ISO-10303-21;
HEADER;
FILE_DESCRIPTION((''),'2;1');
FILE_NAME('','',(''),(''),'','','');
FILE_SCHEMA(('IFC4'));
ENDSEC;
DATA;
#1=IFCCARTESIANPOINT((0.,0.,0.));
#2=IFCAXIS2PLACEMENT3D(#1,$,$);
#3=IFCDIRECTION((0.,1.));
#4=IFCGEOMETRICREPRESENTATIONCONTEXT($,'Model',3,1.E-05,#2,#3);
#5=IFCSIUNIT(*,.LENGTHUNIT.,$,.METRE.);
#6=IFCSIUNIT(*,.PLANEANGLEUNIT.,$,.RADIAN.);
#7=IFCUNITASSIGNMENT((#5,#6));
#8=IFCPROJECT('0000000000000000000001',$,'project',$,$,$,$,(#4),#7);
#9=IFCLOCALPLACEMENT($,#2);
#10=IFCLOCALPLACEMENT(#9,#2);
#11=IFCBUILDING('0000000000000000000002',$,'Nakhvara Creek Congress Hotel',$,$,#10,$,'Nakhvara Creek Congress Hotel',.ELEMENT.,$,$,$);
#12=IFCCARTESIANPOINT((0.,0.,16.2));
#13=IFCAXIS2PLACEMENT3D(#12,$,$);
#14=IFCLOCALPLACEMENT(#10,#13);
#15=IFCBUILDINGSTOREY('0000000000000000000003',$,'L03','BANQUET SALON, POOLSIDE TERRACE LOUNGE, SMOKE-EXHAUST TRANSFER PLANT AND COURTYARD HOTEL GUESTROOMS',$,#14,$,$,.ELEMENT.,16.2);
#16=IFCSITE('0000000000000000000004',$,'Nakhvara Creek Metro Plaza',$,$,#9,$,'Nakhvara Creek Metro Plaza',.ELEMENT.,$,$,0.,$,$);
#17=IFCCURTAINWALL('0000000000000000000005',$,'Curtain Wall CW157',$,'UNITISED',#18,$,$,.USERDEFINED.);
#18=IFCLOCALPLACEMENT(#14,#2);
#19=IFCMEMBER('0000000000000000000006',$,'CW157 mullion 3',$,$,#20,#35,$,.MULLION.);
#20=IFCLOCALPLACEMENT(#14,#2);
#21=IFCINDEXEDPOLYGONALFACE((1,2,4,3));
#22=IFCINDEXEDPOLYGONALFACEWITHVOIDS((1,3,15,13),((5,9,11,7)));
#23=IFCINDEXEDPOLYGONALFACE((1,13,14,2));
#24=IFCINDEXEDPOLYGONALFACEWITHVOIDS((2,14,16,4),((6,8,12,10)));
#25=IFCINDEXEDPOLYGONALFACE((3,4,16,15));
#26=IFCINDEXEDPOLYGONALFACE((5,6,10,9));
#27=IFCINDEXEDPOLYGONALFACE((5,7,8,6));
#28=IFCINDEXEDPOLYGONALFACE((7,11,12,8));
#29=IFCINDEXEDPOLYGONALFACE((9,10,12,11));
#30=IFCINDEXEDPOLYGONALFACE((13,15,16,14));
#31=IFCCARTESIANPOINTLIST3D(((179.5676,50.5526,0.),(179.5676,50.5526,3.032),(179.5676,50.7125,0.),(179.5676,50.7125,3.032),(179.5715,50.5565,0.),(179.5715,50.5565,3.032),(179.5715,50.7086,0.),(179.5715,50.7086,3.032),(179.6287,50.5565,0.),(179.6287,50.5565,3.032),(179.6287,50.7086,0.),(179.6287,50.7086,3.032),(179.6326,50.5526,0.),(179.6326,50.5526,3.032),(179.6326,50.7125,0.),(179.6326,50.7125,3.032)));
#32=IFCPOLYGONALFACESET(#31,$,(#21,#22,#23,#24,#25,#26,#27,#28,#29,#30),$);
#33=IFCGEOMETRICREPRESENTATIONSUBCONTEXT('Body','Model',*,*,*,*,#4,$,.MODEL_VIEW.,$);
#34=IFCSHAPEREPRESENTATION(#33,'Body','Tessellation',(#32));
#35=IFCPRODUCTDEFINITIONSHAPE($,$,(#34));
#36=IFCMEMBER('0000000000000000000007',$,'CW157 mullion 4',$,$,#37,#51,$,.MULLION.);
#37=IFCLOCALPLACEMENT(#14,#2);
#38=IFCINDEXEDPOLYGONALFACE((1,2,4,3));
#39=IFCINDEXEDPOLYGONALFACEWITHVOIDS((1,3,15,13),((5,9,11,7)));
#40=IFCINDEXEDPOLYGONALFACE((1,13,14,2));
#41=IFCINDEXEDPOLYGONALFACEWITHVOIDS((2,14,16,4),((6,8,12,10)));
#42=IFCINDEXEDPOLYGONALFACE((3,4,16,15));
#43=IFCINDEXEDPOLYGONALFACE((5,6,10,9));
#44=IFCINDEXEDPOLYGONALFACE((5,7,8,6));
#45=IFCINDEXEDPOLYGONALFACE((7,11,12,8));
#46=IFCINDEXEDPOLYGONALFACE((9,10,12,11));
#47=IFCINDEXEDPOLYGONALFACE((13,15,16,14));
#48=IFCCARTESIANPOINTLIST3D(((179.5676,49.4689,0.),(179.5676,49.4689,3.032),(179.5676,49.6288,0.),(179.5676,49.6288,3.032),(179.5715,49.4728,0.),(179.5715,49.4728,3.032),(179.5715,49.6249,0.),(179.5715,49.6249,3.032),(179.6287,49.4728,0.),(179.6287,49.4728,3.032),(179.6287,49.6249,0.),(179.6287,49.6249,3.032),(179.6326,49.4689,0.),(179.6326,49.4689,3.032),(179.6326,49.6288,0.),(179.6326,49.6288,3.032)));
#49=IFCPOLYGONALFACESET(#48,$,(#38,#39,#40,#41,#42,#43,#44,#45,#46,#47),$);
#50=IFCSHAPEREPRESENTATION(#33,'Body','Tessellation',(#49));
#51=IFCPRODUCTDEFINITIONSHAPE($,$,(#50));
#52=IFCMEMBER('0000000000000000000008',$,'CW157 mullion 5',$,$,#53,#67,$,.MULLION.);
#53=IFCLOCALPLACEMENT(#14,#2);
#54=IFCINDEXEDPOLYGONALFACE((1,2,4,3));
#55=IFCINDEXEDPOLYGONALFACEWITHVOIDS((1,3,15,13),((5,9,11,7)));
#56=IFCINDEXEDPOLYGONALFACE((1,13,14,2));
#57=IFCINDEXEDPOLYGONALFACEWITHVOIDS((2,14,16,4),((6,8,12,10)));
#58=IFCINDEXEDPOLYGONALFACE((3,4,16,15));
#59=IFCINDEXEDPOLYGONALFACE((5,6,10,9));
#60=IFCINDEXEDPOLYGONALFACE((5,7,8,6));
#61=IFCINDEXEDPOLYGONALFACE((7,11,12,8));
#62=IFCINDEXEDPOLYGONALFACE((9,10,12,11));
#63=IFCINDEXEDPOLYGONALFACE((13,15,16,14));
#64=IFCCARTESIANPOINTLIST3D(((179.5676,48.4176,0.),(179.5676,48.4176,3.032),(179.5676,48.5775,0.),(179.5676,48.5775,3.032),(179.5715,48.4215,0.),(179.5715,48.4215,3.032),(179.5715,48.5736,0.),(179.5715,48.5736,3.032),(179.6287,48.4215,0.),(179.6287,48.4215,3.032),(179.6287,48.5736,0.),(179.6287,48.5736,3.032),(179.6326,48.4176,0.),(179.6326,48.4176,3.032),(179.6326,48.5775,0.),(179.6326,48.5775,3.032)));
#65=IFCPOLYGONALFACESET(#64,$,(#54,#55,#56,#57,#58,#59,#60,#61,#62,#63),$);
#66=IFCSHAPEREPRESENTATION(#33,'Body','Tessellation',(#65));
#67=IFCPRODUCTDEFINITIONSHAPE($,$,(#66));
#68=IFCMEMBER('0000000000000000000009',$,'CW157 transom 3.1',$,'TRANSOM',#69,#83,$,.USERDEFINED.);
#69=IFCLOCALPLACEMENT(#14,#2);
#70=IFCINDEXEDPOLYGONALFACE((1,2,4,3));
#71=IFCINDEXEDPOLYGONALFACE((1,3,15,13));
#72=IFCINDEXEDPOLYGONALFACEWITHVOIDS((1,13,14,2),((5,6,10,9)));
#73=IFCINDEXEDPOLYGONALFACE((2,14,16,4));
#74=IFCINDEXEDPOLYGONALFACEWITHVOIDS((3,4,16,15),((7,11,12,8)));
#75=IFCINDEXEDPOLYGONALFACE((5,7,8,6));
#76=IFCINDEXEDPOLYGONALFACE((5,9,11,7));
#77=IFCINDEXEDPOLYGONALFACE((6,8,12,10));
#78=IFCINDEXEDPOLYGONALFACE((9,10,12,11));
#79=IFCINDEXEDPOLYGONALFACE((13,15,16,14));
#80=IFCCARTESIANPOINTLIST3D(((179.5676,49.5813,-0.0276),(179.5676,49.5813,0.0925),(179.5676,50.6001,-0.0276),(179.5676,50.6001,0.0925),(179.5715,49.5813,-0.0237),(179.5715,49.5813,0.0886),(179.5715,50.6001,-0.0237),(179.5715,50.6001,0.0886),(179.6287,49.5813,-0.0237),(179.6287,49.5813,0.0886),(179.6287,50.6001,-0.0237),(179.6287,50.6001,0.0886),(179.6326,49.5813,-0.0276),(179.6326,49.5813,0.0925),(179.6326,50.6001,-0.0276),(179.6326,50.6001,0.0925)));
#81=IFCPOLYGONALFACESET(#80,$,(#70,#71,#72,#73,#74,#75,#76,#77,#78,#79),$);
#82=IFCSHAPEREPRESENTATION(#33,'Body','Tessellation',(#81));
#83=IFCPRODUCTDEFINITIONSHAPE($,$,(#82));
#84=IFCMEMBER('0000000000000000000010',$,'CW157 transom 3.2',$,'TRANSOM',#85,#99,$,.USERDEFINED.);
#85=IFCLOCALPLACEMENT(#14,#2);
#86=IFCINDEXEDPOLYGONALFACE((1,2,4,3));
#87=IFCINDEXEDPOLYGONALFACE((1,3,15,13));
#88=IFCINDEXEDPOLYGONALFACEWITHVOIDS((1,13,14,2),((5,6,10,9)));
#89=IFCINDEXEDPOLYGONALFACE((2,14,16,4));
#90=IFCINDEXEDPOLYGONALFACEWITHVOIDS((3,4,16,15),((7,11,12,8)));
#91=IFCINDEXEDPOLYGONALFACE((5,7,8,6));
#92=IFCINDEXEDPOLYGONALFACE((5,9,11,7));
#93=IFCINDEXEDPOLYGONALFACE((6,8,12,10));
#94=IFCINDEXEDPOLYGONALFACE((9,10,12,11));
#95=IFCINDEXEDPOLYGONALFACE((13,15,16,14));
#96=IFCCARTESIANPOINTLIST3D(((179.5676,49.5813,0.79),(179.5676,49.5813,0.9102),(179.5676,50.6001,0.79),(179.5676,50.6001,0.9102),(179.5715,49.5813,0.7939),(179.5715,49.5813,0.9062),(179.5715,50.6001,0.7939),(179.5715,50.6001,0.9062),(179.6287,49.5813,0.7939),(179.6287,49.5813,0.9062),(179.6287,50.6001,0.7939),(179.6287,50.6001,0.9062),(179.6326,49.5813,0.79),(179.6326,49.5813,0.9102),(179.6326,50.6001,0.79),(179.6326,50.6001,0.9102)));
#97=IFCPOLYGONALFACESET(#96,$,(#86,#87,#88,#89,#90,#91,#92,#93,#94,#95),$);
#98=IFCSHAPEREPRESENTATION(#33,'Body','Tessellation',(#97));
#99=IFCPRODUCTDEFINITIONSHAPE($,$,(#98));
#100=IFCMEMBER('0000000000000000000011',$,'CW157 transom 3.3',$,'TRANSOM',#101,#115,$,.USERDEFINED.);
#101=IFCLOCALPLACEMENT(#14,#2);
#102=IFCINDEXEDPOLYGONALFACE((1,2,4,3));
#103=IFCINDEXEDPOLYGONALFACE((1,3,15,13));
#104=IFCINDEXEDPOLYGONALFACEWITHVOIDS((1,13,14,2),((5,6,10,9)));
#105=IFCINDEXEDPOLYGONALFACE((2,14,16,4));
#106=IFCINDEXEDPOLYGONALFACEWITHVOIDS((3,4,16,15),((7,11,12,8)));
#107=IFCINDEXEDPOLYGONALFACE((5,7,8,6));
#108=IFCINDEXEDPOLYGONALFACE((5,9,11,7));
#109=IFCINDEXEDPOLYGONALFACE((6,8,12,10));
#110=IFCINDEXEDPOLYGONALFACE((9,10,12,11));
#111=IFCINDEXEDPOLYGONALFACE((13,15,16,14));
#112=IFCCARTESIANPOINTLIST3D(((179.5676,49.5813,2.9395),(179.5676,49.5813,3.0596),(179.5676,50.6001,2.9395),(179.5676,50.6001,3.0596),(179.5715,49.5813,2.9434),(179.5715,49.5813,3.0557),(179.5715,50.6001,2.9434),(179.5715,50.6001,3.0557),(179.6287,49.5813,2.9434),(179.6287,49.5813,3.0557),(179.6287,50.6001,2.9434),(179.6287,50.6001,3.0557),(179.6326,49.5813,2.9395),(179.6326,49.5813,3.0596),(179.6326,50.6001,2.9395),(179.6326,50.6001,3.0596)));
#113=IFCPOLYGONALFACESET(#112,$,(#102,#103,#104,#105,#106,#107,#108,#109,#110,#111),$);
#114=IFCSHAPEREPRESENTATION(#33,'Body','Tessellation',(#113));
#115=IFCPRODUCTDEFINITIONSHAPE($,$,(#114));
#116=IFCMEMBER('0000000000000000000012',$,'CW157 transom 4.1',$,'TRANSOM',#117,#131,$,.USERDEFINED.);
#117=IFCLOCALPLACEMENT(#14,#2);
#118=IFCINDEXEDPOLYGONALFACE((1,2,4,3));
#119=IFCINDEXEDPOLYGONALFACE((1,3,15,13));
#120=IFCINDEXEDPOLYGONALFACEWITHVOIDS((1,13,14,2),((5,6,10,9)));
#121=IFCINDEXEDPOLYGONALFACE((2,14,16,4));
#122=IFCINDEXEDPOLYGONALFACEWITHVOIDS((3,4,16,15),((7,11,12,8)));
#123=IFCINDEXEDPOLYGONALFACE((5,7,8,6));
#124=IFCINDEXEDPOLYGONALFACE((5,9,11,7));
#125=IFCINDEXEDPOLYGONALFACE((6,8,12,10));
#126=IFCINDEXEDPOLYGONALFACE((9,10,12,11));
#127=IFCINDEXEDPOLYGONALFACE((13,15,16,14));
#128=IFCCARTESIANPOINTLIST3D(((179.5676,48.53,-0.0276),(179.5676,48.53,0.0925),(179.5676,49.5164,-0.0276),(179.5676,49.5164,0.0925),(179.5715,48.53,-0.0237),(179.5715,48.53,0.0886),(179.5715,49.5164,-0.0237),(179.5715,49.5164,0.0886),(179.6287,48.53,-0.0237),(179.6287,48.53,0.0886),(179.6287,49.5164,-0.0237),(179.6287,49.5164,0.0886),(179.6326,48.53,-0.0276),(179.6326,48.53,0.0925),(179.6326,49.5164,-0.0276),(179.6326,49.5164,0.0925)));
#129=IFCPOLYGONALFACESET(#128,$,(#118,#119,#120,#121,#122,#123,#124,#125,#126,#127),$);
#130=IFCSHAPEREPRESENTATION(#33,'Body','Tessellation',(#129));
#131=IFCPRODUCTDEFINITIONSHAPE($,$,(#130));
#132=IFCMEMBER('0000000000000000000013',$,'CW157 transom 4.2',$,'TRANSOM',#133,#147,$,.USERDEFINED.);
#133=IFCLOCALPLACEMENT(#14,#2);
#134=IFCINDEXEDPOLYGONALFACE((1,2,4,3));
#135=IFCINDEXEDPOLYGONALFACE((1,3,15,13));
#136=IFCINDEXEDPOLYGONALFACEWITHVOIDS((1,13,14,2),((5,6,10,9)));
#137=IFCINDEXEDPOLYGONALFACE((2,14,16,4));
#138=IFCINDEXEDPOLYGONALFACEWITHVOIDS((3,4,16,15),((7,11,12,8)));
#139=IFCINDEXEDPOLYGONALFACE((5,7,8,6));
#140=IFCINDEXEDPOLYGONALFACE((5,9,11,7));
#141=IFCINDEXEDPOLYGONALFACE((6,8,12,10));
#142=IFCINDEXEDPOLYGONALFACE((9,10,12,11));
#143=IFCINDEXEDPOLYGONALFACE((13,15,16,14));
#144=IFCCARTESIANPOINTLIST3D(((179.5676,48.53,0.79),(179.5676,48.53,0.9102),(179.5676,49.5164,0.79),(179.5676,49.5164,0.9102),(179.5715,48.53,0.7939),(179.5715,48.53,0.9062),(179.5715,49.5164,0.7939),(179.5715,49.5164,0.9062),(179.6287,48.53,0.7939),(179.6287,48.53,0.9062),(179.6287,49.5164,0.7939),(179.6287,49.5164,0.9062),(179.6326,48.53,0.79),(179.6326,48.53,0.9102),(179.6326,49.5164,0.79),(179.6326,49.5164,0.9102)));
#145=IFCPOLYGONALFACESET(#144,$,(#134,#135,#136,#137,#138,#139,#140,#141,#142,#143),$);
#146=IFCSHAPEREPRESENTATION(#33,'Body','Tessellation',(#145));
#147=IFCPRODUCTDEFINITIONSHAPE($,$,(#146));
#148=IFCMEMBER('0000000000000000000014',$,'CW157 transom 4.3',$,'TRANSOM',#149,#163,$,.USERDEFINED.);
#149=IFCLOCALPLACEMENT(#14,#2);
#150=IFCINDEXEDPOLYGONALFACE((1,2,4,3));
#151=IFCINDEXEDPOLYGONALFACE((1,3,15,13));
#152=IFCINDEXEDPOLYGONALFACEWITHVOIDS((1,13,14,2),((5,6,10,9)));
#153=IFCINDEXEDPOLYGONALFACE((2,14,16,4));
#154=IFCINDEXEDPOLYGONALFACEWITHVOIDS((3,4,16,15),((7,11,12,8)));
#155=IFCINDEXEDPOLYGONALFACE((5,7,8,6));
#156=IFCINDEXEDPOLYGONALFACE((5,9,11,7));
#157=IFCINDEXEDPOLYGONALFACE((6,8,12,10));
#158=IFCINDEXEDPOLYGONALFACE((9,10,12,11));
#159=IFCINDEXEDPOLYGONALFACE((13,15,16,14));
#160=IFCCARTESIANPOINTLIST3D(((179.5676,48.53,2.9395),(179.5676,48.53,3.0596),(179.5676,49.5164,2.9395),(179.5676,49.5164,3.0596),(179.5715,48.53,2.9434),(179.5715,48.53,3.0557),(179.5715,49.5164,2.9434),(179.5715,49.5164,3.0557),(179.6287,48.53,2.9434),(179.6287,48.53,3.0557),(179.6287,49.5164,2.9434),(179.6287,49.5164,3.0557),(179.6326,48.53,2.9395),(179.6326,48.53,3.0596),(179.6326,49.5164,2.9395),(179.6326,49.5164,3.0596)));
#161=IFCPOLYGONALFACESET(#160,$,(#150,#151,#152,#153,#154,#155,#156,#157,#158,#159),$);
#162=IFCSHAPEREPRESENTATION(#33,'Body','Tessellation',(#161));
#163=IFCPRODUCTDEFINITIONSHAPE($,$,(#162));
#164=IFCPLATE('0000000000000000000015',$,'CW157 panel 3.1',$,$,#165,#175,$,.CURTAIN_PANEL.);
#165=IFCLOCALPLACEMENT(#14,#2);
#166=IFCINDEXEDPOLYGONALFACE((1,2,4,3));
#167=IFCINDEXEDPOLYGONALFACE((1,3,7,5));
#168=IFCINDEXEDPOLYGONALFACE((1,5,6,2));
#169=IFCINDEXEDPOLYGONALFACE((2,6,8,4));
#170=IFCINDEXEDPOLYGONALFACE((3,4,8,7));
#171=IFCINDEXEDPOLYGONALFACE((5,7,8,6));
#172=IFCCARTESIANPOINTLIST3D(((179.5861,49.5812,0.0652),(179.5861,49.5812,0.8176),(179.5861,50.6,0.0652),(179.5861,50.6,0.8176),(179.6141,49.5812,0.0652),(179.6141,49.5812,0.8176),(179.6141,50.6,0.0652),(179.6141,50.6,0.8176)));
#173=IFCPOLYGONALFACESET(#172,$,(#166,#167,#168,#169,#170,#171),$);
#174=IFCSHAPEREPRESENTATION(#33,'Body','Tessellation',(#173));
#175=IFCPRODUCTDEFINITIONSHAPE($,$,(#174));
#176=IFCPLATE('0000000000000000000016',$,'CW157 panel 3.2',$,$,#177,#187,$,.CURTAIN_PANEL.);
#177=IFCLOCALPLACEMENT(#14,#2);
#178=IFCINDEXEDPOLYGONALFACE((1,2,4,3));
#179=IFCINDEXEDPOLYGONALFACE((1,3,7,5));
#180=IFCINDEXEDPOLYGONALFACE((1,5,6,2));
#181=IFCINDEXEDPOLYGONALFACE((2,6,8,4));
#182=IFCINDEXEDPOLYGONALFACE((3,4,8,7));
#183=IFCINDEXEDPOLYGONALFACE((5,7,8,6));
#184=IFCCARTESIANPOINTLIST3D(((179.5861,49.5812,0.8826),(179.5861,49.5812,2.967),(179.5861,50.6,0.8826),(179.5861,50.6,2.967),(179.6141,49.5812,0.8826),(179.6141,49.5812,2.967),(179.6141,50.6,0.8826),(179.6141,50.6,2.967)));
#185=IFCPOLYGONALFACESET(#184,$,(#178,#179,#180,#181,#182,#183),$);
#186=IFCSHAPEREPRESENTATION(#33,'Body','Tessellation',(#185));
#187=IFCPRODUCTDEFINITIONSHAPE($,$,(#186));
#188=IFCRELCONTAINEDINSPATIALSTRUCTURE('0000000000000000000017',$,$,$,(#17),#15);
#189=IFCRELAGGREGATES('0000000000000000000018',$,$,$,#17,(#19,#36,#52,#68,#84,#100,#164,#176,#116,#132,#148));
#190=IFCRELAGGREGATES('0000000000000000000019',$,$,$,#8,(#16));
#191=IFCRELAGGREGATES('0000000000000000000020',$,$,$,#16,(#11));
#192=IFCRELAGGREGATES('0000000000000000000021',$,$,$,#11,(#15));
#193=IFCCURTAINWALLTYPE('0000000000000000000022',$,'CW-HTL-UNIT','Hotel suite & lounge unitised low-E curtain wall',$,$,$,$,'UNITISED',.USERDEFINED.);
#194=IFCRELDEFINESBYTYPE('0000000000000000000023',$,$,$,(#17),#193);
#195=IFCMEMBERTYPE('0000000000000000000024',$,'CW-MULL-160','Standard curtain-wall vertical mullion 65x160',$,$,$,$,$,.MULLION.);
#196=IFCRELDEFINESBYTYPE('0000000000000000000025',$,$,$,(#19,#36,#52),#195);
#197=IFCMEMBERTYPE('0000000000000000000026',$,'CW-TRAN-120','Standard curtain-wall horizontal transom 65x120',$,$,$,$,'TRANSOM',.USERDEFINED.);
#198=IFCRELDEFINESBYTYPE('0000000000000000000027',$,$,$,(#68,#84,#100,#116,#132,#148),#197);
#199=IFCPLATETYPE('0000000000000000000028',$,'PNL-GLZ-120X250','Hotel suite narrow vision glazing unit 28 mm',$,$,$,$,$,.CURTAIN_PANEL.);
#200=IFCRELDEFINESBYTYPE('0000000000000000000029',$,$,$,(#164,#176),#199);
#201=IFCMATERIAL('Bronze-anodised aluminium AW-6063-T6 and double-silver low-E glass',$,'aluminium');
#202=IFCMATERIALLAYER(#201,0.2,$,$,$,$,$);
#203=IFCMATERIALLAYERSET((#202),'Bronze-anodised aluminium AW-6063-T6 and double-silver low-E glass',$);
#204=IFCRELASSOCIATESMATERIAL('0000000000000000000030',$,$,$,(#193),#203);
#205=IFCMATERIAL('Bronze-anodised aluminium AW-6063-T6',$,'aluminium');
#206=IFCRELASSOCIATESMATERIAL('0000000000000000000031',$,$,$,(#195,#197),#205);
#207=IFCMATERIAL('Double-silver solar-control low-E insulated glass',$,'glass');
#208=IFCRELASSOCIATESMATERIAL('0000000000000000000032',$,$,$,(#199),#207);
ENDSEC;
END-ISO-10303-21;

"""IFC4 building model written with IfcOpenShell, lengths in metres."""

from ifc_helpers import new_model, si_unit, direction, frame, origin, origin_2d, place, context, subcontext, project, spatial, rectangle, hollow_rectangle, extrude, material, layer, layer_set, material_profile, profile_set, type_object, element, aggregate, save


model = new_model("IFC4")

# Units and contexts
model_context = context("Model", 3, precision=1e-05, world=origin(), true_north=direction((0.0, 1.0)))
body_context = subcontext(model_context, "Body", "Model", "MODEL_VIEW")
ifc_project = project(units=[si_unit("LENGTHUNIT", "METRE"), si_unit("PLANEANGLEUNIT", "RADIAN")], contexts=[model_context])

# Site, building, storey
site_placement = place(None, origin())
site = spatial("IfcSite", under=ifc_project, at=site_placement, Name="Nakhvara Creek Metro Plaza", LongName="Nakhvara Creek Metro Plaza", CompositionType="ELEMENT", RefElevation=0.0)
building_placement = place(site_placement, origin())
building = spatial("IfcBuilding", under=site, at=building_placement, Name="Nakhvara Creek Congress Hotel", LongName="Nakhvara Creek Congress Hotel", CompositionType="ELEMENT")
storey_placement = place(building_placement, frame((0.0, 0.0, 16.2)))
storey = spatial("IfcBuildingStorey", under=building, at=storey_placement, Name="L03", Description="BANQUET SALON, POOLSIDE TERRACE LOUNGE, SMOKE-EXHAUST TRANSFER PLANT AND COURTYARD HOTEL GUESTROOMS", CompositionType="ELEMENT", Elevation=16.2)

# Curtain wall, members, plates
ifc_material_1 = material(Name="Bronze-anodised aluminium AW-6063-T6 and double-silver low-E glass", Category="aluminium")
ifc_layer_1 = layer(ifc_material_1, 0.2)
ifc_layer_set_1 = layer_set([ifc_layer_1], Name="Bronze-anodised aluminium AW-6063-T6 and double-silver low-E glass")
curtain_wall_type = type_object("IfcCurtainWallType", Name="CW-HTL-UNIT", Description="Hotel suite & lounge unitised low-E curtain wall", ElementType="UNITISED", PredefinedType="USERDEFINED", material=ifc_layer_set_1)
curtain_wall_placement = place(storey_placement, origin())
curtain_wall = element("IfcCurtainWall", 1, at=curtain_wall_placement, inside=storey, type_object=curtain_wall_type, Name="Curtain Wall CW157", ObjectType="UNITISED", PredefinedType="USERDEFINED")
ifc_material_2 = material(Name="Bronze-anodised aluminium AW-6063-T6", Category="aluminium")
ifc_material_profile_1 = material_profile(ifc_material_2, hollow_rectangle(XDim=0.0649, YDim=0.1599, WallThickness=0.0039, at=origin_2d()), Name="ALU-MULL 65x160x4", Category="LoadBearing")
ifc_profile_set_1 = profile_set([ifc_material_profile_1], Name="Bronze-anodised aluminium AW-6063-T6")
member_type_1 = type_object("IfcMemberType", Name="CW-MULL-160", Description="Standard curtain-wall vertical mullion 65x160", PredefinedType="MULLION", material=ifc_profile_set_1)
member_1_placement = place(storey_placement, frame((179.6001, 50.6326, 0.0), z_axis=(0.0, 0.0, 1.0), x_axis=(1.0, 0.0, 0.0)))
member_1 = element("IfcMember", 2, at=member_1_placement, type_object=member_type_1, Name="CW157 mullion 3", PredefinedType="MULLION", context=body_context, shape_type="SweptSolid", body=[
    extrude(hollow_rectangle(XDim=0.0649, YDim=0.1599, WallThickness=0.0039, at=origin_2d()), origin(), (0.0, 0.0, 1.0), 3.032),
])
member_2_placement = place(storey_placement, frame((179.6001, 49.5488, 0.0), z_axis=(0.0, 0.0, 1.0), x_axis=(1.0, 0.0, 0.0)))
member_2 = element("IfcMember", 3, at=member_2_placement, type_object=member_type_1, Name="CW157 mullion 4", PredefinedType="MULLION", context=body_context, shape_type="SweptSolid", body=[
    extrude(hollow_rectangle(XDim=0.0649, YDim=0.1599, WallThickness=0.0039, at=origin_2d()), origin(), (0.0, 0.0, 1.0), 3.032),
])
member_3_placement = place(storey_placement, frame((179.6001, 48.4976, 0.0), z_axis=(0.0, 0.0, 1.0), x_axis=(1.0, 0.0, 0.0)))
member_3 = element("IfcMember", 4, at=member_3_placement, type_object=member_type_1, Name="CW157 mullion 5", PredefinedType="MULLION", context=body_context, shape_type="SweptSolid", body=[
    extrude(hollow_rectangle(XDim=0.0649, YDim=0.1599, WallThickness=0.0039, at=origin_2d()), origin(), (0.0, 0.0, 1.0), 3.032),
])
ifc_material_profile_2 = material_profile(ifc_material_2, hollow_rectangle(XDim=0.0649, YDim=0.1201, WallThickness=0.0039, at=origin_2d()), Name="ALU-TRAN 65x120x4", Category="LoadBearing")
ifc_profile_set_2 = profile_set([ifc_material_profile_2], Name="Bronze-anodised aluminium AW-6063-T6")
member_type_2 = type_object("IfcMemberType", Name="CW-TRAN-120", Description="Standard curtain-wall horizontal transom 65x120", ElementType="TRANSOM", PredefinedType="USERDEFINED", material=ifc_profile_set_2)
member_4_placement = place(storey_placement, frame((179.6001, 50.6001, 0.0325), z_axis=(0.0, -1.0, 0.0), x_axis=(1.0, 0.0, 0.0)))
member_4 = element("IfcMember", 5, at=member_4_placement, type_object=member_type_2, Name="CW157 transom 3.1", ObjectType="TRANSOM", PredefinedType="USERDEFINED", context=body_context, shape_type="SweptSolid", body=[
    extrude(hollow_rectangle(XDim=0.0649, YDim=0.1201, WallThickness=0.0039, at=origin_2d()), origin(), (0.0, 0.0, 1.0), 1.0188),
])
member_5_placement = place(storey_placement, frame((179.6001, 50.6001, 0.8501), z_axis=(0.0, -1.0, 0.0), x_axis=(1.0, 0.0, 0.0)))
member_5 = element("IfcMember", 6, at=member_5_placement, type_object=member_type_2, Name="CW157 transom 3.2", ObjectType="TRANSOM", PredefinedType="USERDEFINED", context=body_context, shape_type="SweptSolid", body=[
    extrude(hollow_rectangle(XDim=0.0649, YDim=0.1201, WallThickness=0.0039, at=origin_2d()), origin(), (0.0, 0.0, 1.0), 1.0188),
])
member_6_placement = place(storey_placement, frame((179.6001, 50.6001, 2.9995), z_axis=(0.0, -1.0, 0.0), x_axis=(1.0, 0.0, 0.0)))
member_6 = element("IfcMember", 7, at=member_6_placement, type_object=member_type_2, Name="CW157 transom 3.3", ObjectType="TRANSOM", PredefinedType="USERDEFINED", context=body_context, shape_type="SweptSolid", body=[
    extrude(hollow_rectangle(XDim=0.0649, YDim=0.1201, WallThickness=0.0039, at=origin_2d()), origin(), (0.0, 0.0, 1.0), 1.0188),
])
member_7_placement = place(storey_placement, frame((179.6001, 49.5164, 0.0325), z_axis=(0.0, -1.0, 0.0), x_axis=(1.0, 0.0, 0.0)))
member_7 = element("IfcMember", 8, at=member_7_placement, type_object=member_type_2, Name="CW157 transom 4.1", ObjectType="TRANSOM", PredefinedType="USERDEFINED", context=body_context, shape_type="SweptSolid", body=[
    extrude(hollow_rectangle(XDim=0.0649, YDim=0.1201, WallThickness=0.0039, at=origin_2d()), origin(), (0.0, 0.0, 1.0), 0.9863),
])
member_8_placement = place(storey_placement, frame((179.6001, 49.5164, 0.8501), z_axis=(0.0, -1.0, 0.0), x_axis=(1.0, 0.0, 0.0)))
member_8 = element("IfcMember", 9, at=member_8_placement, type_object=member_type_2, Name="CW157 transom 4.2", ObjectType="TRANSOM", PredefinedType="USERDEFINED", context=body_context, shape_type="SweptSolid", body=[
    extrude(hollow_rectangle(XDim=0.0649, YDim=0.1201, WallThickness=0.0039, at=origin_2d()), origin(), (0.0, 0.0, 1.0), 0.9863),
])
member_9_placement = place(storey_placement, frame((179.6001, 49.5164, 2.9995), z_axis=(0.0, -1.0, 0.0), x_axis=(1.0, 0.0, 0.0)))
member_9 = element("IfcMember", 10, at=member_9_placement, type_object=member_type_2, Name="CW157 transom 4.3", ObjectType="TRANSOM", PredefinedType="USERDEFINED", context=body_context, shape_type="SweptSolid", body=[
    extrude(hollow_rectangle(XDim=0.0649, YDim=0.1201, WallThickness=0.0039, at=origin_2d()), origin(), (0.0, 0.0, 1.0), 0.9863),
])
ifc_material_3 = material(Name="Double-silver solar-control low-E insulated glass", Category="glass")
plate_type = type_object("IfcPlateType", Name="PNL-GLZ-120X250", Description="Hotel suite narrow vision glazing unit 28 mm", PredefinedType="CURTAIN_PANEL", material=ifc_material_3)
plate_1_placement = place(storey_placement, frame((179.6001, 50.0906, 0.0652), z_axis=(0.0, 0.0, 1.0), x_axis=(0.0, -1.0, 0.0)))
plate_1 = element("IfcPlate", 11, at=plate_1_placement, type_object=plate_type, Name="CW157 panel 3.1", PredefinedType="CURTAIN_PANEL", context=body_context, shape_type="SweptSolid", body=[
    extrude(rectangle(XDim=1.0188, YDim=0.0281, at=origin_2d()), origin(), (0.0, 0.0, 1.0), 0.7524),
])
plate_2_placement = place(storey_placement, frame((179.6001, 50.0906, 0.8826), z_axis=(0.0, 0.0, 1.0), x_axis=(0.0, -1.0, 0.0)))
plate_2 = element("IfcPlate", 12, at=plate_2_placement, type_object=plate_type, Name="CW157 panel 3.2", PredefinedType="CURTAIN_PANEL", context=body_context, shape_type="SweptSolid", body=[
    extrude(rectangle(XDim=1.0188, YDim=0.0281, at=origin_2d()), origin(), (0.0, 0.0, 1.0), 2.0845),
])
aggregate(curtain_wall, [member_1, member_2, member_3, member_4, member_5, member_6, plate_1, plate_2, member_7, member_8, member_9])

save(model, "model.ifc")
